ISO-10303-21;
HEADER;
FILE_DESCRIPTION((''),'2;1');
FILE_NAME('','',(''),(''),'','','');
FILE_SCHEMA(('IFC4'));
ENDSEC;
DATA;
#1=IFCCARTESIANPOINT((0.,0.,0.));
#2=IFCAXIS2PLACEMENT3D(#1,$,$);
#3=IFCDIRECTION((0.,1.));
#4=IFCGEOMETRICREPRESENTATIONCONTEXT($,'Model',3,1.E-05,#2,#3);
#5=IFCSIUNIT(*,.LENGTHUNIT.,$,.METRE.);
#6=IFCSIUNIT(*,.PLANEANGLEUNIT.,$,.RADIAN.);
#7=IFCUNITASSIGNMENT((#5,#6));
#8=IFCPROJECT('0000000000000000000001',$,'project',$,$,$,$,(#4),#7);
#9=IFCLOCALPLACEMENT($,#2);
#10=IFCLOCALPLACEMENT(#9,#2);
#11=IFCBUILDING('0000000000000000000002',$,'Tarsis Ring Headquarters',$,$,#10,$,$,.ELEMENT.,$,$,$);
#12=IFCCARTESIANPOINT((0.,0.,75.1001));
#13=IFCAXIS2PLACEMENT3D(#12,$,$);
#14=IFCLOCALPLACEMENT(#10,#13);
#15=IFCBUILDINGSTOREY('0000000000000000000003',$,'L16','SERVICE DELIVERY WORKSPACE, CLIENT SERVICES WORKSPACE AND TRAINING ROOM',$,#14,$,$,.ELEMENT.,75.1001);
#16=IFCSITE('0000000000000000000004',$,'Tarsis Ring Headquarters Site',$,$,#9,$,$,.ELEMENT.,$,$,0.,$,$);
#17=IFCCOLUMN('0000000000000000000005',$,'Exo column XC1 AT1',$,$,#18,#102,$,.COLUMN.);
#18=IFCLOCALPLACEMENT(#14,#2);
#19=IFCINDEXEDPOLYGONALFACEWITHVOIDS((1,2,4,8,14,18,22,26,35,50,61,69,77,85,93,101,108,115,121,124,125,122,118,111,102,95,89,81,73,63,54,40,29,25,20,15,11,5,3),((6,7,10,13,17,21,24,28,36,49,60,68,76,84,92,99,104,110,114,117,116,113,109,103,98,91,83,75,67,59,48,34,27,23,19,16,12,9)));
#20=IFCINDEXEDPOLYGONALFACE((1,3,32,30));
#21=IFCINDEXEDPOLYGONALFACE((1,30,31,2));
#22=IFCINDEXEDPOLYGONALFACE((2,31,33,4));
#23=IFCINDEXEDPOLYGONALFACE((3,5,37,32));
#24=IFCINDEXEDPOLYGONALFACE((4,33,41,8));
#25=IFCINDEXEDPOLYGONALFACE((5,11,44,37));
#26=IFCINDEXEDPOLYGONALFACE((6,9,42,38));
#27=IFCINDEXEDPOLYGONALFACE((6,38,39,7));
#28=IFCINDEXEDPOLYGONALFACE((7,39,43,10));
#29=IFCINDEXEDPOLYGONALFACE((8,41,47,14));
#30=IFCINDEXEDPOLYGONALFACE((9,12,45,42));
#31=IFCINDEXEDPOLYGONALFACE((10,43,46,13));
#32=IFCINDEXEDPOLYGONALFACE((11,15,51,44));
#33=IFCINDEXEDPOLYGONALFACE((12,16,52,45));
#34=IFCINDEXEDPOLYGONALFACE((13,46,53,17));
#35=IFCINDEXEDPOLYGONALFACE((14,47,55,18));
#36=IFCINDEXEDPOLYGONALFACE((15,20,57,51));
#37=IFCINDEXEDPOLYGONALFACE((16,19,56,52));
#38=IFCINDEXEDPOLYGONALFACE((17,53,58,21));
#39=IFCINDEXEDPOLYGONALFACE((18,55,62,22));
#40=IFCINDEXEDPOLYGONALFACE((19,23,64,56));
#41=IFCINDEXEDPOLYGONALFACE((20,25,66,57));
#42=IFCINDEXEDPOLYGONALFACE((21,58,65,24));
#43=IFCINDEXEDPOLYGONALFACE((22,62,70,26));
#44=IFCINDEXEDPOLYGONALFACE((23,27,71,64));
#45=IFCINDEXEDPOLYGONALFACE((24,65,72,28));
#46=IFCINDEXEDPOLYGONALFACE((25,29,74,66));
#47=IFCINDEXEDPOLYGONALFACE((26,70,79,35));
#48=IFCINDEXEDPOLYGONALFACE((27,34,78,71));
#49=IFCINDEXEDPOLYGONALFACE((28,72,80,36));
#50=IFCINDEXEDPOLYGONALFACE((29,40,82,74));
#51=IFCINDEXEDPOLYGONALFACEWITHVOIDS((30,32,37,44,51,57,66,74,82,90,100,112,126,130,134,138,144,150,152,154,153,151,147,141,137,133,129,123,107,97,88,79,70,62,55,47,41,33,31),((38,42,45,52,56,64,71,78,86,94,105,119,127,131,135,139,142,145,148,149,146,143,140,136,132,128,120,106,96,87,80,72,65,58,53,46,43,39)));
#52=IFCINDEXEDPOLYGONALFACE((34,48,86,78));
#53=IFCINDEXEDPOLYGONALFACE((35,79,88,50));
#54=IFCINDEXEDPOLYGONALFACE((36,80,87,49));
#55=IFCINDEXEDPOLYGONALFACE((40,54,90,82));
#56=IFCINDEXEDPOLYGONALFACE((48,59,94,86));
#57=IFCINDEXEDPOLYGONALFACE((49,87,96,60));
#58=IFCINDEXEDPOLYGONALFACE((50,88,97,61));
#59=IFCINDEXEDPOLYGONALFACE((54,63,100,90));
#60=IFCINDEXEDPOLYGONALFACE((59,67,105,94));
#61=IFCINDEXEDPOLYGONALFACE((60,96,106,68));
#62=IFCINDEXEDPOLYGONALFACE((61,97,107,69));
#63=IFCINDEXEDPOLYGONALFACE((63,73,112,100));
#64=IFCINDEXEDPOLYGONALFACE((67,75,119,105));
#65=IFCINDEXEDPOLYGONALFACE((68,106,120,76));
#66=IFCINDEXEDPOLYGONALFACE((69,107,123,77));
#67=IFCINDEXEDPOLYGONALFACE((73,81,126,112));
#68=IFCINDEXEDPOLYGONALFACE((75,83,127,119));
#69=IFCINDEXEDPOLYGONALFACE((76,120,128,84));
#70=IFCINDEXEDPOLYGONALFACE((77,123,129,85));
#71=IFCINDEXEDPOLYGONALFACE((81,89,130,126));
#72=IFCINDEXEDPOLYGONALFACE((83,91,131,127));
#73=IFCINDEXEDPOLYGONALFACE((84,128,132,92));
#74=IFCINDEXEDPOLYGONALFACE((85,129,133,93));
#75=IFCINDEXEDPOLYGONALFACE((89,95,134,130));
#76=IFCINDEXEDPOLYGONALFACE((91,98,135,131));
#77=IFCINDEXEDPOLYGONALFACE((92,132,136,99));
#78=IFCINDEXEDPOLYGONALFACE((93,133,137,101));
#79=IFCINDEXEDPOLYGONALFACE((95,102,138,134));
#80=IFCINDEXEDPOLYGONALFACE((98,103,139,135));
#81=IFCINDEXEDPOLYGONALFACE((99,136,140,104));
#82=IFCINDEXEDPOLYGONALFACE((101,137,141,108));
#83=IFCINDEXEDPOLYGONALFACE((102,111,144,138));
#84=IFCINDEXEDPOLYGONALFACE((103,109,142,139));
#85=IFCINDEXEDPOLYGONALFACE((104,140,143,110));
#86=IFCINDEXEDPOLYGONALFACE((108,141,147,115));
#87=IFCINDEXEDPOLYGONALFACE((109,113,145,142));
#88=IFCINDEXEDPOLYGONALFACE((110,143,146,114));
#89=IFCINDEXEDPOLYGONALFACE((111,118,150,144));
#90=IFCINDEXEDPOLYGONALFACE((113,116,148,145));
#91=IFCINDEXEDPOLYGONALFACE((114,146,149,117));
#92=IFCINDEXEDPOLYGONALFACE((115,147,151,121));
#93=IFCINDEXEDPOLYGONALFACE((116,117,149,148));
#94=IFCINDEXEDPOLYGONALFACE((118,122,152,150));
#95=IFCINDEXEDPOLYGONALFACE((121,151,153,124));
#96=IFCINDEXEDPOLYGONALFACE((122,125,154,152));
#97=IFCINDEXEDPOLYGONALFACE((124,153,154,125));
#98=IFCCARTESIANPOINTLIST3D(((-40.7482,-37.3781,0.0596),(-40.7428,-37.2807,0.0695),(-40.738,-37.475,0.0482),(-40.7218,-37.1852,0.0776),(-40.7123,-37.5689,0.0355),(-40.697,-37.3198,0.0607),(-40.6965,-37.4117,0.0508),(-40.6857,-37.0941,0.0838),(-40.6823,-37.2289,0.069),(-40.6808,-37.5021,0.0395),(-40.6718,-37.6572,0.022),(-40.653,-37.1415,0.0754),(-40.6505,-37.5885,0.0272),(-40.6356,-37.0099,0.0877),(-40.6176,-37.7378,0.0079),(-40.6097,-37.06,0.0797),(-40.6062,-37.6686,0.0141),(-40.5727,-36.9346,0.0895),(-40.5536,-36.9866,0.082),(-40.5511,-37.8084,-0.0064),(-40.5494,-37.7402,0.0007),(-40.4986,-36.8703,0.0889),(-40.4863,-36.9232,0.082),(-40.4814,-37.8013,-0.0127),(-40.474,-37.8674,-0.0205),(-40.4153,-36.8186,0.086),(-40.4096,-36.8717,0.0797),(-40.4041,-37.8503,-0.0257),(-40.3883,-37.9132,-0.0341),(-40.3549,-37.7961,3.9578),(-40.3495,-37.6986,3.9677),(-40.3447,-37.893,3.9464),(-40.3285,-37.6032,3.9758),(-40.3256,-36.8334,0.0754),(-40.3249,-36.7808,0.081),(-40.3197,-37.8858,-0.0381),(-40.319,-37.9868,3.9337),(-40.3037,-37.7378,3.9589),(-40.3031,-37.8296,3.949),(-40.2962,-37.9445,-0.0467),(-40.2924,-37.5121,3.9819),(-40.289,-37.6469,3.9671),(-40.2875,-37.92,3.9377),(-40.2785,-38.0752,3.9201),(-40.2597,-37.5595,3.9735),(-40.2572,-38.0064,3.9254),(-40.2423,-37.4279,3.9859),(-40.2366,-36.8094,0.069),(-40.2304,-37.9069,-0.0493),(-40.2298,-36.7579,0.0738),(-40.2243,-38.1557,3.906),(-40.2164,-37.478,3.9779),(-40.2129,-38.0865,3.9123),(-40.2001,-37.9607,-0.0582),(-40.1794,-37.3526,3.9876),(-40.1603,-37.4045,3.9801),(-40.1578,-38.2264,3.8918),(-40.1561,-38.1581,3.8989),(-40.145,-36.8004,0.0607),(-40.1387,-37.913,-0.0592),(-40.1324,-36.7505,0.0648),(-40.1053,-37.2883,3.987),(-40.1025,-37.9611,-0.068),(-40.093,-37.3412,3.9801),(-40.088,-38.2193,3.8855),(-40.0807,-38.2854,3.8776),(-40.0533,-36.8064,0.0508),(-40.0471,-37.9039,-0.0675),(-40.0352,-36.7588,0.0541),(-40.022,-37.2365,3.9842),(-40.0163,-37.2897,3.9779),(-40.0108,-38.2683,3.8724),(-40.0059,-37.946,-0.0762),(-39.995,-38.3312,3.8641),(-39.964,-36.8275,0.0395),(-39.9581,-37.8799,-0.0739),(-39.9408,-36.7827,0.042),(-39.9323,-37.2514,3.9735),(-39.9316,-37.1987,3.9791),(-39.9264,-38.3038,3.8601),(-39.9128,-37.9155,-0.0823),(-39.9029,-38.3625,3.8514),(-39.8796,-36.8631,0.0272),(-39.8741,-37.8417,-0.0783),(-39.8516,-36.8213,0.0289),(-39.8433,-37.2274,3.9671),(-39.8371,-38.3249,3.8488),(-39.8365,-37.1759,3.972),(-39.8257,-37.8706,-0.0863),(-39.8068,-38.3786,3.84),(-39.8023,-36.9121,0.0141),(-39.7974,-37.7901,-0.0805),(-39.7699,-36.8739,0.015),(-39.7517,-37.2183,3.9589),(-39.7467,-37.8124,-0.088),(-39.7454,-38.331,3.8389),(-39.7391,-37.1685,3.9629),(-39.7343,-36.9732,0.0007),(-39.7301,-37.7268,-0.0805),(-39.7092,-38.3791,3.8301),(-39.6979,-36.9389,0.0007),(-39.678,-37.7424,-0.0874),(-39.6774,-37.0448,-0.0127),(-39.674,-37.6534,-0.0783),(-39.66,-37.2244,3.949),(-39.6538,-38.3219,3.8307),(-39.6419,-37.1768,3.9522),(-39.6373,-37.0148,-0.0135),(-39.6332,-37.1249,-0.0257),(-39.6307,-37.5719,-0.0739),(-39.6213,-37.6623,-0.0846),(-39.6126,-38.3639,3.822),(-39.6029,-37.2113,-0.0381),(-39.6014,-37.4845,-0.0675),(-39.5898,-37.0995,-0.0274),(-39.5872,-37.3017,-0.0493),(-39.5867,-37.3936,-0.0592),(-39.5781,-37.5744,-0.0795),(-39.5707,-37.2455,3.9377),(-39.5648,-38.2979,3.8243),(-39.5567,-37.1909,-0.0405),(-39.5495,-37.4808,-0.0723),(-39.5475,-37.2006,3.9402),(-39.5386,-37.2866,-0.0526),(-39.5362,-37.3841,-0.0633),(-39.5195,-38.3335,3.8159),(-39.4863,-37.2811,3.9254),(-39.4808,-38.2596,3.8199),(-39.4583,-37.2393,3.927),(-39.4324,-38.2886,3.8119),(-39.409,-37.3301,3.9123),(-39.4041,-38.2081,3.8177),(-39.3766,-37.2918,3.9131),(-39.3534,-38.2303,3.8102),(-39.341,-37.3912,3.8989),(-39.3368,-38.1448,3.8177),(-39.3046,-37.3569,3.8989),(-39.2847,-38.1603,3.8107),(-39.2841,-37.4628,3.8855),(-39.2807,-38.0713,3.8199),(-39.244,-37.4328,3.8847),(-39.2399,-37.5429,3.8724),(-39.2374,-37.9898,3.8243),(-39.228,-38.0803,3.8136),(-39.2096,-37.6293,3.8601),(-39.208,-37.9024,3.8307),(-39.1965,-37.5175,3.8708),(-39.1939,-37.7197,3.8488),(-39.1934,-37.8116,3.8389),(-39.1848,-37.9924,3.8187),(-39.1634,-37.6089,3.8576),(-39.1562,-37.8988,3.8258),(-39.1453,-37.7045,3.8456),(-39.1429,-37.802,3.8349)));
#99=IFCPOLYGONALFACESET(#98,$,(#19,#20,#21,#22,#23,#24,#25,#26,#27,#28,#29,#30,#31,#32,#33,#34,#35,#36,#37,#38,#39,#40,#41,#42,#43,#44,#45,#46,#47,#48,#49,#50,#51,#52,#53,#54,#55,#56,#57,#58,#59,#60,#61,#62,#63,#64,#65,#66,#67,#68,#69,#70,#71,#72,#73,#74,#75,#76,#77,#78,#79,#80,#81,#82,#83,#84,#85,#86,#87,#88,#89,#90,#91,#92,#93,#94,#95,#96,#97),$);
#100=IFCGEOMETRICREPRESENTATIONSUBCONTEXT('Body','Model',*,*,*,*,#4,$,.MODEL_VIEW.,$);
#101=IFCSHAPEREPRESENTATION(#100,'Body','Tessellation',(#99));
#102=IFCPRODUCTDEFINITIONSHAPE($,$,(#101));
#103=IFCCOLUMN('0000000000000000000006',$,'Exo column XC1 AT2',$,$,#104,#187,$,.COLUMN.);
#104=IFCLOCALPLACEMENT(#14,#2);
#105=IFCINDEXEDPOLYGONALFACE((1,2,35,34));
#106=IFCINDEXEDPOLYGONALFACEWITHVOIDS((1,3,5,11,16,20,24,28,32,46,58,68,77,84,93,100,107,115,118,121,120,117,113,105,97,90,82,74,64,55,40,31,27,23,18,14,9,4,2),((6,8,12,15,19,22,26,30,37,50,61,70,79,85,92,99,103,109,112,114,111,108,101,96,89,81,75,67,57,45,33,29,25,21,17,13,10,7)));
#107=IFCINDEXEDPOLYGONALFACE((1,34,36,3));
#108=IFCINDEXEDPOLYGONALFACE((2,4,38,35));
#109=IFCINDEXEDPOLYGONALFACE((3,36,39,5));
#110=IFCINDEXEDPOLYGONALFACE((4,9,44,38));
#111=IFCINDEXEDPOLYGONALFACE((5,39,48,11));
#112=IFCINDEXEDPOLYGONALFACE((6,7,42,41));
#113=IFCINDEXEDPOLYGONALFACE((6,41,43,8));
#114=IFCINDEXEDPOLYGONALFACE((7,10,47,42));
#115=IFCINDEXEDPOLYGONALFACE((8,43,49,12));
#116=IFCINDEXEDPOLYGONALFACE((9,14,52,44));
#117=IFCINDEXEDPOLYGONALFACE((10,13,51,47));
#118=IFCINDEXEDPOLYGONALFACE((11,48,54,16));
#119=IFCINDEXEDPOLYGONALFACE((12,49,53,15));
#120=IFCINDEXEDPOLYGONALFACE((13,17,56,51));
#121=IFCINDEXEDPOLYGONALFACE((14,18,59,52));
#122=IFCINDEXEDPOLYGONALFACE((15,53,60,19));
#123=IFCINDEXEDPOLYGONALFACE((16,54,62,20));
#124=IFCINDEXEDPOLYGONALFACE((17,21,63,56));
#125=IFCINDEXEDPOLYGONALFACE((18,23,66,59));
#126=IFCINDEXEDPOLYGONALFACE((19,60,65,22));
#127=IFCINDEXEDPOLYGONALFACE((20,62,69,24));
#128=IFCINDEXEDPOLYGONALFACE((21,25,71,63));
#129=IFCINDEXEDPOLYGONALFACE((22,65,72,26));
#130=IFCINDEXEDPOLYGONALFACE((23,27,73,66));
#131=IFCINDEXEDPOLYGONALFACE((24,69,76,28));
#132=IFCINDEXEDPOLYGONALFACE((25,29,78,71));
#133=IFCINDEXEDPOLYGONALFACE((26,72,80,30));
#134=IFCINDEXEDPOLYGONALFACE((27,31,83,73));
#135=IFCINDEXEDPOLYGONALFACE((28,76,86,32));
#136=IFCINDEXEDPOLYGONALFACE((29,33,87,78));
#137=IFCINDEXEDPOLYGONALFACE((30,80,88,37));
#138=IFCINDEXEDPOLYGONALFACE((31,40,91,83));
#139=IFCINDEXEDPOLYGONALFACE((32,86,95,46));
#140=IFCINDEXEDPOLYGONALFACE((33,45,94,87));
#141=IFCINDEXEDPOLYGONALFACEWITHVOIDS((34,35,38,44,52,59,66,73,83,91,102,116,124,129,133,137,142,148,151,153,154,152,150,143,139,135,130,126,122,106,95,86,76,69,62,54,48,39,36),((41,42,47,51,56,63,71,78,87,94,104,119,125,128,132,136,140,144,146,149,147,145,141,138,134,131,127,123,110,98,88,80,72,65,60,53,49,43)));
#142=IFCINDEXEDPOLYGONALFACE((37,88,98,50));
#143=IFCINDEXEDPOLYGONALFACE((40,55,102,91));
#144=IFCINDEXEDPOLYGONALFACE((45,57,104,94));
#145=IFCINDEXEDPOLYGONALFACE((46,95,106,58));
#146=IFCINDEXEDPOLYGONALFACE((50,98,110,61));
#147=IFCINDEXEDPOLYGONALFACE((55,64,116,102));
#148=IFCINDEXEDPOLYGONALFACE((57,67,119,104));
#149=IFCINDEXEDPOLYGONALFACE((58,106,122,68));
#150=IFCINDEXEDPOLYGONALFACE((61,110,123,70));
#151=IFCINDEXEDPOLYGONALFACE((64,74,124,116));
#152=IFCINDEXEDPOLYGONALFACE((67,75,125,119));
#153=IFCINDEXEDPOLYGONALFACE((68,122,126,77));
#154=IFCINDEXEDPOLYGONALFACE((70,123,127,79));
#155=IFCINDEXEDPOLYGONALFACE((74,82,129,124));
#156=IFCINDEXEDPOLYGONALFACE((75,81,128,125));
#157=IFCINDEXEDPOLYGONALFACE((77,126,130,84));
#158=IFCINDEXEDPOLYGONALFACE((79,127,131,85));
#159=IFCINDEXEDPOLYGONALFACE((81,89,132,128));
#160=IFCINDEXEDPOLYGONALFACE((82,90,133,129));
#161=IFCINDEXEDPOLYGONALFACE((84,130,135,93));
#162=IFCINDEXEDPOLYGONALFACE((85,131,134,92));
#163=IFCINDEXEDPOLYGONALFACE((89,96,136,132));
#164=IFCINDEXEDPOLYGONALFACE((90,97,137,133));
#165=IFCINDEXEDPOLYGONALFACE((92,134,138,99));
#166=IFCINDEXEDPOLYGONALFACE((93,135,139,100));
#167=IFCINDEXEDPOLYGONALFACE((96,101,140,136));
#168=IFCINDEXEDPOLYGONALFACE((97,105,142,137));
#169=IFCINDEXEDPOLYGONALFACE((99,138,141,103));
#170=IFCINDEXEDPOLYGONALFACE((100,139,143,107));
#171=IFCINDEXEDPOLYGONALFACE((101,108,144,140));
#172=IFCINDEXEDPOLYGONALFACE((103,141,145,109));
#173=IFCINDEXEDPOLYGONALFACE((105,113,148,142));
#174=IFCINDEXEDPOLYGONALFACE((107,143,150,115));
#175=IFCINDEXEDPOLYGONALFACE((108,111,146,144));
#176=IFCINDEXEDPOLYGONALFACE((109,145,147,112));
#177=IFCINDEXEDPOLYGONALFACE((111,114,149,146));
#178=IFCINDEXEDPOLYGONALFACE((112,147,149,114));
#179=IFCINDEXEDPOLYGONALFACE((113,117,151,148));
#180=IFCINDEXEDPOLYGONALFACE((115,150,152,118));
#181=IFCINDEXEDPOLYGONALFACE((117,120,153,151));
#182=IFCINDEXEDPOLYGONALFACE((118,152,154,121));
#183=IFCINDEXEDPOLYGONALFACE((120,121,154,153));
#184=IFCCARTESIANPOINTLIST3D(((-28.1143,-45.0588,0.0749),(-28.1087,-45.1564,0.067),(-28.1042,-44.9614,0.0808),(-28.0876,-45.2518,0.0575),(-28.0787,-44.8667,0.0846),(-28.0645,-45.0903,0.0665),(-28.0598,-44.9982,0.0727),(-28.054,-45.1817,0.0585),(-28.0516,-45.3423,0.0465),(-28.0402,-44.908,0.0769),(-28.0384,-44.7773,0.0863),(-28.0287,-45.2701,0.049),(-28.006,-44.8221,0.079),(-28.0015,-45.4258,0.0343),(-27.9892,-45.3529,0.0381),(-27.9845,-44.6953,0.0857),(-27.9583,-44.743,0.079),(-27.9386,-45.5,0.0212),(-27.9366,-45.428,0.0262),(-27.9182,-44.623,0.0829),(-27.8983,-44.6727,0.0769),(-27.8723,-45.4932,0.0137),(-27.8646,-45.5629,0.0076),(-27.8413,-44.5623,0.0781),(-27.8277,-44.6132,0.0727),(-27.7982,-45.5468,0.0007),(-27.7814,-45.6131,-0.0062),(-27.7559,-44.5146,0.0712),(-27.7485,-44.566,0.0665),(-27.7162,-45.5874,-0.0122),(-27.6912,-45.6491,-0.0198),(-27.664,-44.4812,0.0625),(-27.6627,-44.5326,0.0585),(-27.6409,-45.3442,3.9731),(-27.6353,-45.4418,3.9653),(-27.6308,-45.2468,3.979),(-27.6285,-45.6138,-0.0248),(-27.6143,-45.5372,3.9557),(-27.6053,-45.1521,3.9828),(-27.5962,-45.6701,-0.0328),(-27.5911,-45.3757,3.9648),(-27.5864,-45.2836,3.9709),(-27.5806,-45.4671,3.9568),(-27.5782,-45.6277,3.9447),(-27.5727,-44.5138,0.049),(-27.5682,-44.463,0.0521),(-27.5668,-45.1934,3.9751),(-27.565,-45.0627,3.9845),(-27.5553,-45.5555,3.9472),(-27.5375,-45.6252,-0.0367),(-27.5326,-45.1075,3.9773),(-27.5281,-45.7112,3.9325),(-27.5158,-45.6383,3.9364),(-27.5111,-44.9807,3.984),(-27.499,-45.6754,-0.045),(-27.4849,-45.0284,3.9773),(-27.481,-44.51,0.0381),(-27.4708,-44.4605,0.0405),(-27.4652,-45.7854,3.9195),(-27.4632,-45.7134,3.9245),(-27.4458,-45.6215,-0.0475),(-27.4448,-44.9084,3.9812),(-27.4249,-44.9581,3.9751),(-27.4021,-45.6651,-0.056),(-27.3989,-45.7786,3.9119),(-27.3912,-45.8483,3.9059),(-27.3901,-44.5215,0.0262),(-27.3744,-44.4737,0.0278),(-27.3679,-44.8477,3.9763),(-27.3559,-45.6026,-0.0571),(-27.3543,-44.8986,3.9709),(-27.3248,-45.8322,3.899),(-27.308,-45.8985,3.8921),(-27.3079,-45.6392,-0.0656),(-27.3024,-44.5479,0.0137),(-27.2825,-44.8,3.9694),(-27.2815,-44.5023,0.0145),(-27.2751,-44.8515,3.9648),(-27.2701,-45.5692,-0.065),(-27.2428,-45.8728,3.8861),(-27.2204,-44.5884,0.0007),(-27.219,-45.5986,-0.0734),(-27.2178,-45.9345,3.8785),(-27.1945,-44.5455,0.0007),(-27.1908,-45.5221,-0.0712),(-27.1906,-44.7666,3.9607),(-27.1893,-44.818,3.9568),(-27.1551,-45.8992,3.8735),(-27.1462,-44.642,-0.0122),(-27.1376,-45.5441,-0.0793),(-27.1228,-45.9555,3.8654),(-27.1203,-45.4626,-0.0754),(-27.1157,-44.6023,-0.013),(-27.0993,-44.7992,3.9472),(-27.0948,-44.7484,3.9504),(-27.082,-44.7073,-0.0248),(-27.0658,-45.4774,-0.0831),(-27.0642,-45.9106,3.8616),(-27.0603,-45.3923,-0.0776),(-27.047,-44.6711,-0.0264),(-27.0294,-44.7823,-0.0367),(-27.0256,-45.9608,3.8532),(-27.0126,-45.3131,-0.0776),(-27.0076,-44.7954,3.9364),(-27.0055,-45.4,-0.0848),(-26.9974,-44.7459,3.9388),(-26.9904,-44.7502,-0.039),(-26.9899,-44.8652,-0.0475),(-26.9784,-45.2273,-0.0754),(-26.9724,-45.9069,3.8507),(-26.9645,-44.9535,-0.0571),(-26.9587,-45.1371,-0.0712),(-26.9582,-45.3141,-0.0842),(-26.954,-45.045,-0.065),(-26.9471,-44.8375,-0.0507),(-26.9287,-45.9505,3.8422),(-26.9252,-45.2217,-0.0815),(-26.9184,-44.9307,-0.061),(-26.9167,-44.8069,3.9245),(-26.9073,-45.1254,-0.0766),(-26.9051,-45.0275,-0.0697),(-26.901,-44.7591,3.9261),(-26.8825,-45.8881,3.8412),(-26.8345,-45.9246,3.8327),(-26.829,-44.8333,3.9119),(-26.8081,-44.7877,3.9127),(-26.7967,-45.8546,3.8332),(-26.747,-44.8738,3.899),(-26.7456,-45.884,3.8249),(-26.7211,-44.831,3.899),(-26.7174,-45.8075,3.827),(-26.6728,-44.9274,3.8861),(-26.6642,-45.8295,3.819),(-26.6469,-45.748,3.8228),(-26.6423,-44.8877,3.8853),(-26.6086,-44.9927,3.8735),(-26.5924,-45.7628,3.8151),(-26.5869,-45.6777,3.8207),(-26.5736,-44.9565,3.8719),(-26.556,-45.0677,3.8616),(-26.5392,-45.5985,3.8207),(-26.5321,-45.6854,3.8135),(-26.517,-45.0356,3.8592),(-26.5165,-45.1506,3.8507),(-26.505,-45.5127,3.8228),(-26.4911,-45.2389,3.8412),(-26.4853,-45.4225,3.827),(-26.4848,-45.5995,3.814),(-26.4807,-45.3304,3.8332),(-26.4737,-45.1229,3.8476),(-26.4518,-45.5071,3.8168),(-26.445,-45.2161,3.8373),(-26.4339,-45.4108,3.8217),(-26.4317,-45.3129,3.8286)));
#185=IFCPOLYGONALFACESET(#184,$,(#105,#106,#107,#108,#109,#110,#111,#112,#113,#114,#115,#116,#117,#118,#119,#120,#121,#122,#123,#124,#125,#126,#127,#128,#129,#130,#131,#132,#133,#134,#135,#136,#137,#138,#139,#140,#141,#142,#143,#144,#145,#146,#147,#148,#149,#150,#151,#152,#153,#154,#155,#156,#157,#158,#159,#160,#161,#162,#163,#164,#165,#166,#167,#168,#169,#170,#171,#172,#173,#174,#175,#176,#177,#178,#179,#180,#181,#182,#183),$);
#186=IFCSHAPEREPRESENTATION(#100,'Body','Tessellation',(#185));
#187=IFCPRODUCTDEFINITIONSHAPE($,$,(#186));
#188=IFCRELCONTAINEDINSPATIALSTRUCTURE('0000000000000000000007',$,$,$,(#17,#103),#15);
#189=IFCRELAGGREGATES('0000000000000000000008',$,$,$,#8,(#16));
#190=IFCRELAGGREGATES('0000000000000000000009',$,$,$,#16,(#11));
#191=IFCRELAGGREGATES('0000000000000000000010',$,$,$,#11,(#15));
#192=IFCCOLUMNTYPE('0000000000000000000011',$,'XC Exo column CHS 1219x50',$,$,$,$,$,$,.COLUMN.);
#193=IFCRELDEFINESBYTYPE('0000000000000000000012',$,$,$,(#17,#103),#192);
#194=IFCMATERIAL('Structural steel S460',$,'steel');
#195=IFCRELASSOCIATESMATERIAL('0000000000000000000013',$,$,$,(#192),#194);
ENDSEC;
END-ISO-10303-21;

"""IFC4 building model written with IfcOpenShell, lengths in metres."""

from ifc_helpers import new_model, si_unit, direction, frame, origin, origin_2d, place, context, subcontext, project, spatial, hollow_circle, extrude, material, material_profile, profile_set, type_object, element, save


model = new_model("IFC4")

# Units and contexts
model_context = context("Model", 3, precision=1e-05, world=origin(), true_north=direction((0.0, 1.0)))
body_context = subcontext(model_context, "Body", "Model", "MODEL_VIEW")
ifc_project = project(units=[si_unit("LENGTHUNIT", "METRE"), si_unit("PLANEANGLEUNIT", "RADIAN")], contexts=[model_context])

# Site, building, storey
site_placement = place(None, origin())
site = spatial("IfcSite", under=ifc_project, at=site_placement, Name="Tarsis Ring Headquarters Site", CompositionType="ELEMENT", RefElevation=0.0)
building_placement = place(site_placement, origin())
building = spatial("IfcBuilding", under=site, at=building_placement, Name="Tarsis Ring Headquarters", CompositionType="ELEMENT")
storey_placement = place(building_placement, frame((0.0, 0.0, 75.1001)))
storey = spatial("IfcBuildingStorey", under=building, at=storey_placement, Name="L16", Description="SERVICE DELIVERY WORKSPACE, CLIENT SERVICES WORKSPACE AND TRAINING ROOM", CompositionType="ELEMENT", Elevation=75.1001)

# Columns
ifc_material_1 = material(Name="Structural steel S460", Category="steel")
ifc_material_profile_1 = material_profile(ifc_material_1, hollow_circle(Radius=0.6096, WallThickness=0.05, at=origin_2d()), Name="CHS 1219x50")
ifc_profile_set_1 = profile_set([ifc_material_profile_1], Name="Structural steel S460")
column_type = type_object("IfcColumnType", Name="XC Exo column CHS 1219x50", PredefinedType="COLUMN", material=ifc_profile_set_1)
column_1_placement = place(storey_placement, frame((-40.1418, -37.3567, 0.0007), z_axis=(0.09982, -0.106078, 0.989335), x_axis=(0.728262, 0.685298, 0.0)))
element("IfcColumn", 1, at=column_1_placement, inside=storey, type_object=column_type, Name="Exo column XC1 AT1", PredefinedType="COLUMN", context=body_context, shape_type="SweptSolid", body=[
    extrude(hollow_circle(Radius=0.6096, WallThickness=0.05, at=origin_2d()), origin(), (0.0, 0.0, 1.0), 3.9402),
])
column_2_placement = place(storey_placement, frame((-27.5093, -45.0676, 0.0007), z_axis=(0.120235, -0.072488, 0.990095), x_axis=(0.516313, 0.8564, 0.0)))
element("IfcColumn", 2, at=column_2_placement, inside=storey, type_object=column_type, Name="Exo column XC1 AT2", PredefinedType="COLUMN", context=body_context, shape_type="SweptSolid", body=[
    extrude(hollow_circle(Radius=0.6096, WallThickness=0.05, at=origin_2d()), origin(), (0.0, 0.0, 1.0), 3.9373),
])

save(model, "model.ifc")
